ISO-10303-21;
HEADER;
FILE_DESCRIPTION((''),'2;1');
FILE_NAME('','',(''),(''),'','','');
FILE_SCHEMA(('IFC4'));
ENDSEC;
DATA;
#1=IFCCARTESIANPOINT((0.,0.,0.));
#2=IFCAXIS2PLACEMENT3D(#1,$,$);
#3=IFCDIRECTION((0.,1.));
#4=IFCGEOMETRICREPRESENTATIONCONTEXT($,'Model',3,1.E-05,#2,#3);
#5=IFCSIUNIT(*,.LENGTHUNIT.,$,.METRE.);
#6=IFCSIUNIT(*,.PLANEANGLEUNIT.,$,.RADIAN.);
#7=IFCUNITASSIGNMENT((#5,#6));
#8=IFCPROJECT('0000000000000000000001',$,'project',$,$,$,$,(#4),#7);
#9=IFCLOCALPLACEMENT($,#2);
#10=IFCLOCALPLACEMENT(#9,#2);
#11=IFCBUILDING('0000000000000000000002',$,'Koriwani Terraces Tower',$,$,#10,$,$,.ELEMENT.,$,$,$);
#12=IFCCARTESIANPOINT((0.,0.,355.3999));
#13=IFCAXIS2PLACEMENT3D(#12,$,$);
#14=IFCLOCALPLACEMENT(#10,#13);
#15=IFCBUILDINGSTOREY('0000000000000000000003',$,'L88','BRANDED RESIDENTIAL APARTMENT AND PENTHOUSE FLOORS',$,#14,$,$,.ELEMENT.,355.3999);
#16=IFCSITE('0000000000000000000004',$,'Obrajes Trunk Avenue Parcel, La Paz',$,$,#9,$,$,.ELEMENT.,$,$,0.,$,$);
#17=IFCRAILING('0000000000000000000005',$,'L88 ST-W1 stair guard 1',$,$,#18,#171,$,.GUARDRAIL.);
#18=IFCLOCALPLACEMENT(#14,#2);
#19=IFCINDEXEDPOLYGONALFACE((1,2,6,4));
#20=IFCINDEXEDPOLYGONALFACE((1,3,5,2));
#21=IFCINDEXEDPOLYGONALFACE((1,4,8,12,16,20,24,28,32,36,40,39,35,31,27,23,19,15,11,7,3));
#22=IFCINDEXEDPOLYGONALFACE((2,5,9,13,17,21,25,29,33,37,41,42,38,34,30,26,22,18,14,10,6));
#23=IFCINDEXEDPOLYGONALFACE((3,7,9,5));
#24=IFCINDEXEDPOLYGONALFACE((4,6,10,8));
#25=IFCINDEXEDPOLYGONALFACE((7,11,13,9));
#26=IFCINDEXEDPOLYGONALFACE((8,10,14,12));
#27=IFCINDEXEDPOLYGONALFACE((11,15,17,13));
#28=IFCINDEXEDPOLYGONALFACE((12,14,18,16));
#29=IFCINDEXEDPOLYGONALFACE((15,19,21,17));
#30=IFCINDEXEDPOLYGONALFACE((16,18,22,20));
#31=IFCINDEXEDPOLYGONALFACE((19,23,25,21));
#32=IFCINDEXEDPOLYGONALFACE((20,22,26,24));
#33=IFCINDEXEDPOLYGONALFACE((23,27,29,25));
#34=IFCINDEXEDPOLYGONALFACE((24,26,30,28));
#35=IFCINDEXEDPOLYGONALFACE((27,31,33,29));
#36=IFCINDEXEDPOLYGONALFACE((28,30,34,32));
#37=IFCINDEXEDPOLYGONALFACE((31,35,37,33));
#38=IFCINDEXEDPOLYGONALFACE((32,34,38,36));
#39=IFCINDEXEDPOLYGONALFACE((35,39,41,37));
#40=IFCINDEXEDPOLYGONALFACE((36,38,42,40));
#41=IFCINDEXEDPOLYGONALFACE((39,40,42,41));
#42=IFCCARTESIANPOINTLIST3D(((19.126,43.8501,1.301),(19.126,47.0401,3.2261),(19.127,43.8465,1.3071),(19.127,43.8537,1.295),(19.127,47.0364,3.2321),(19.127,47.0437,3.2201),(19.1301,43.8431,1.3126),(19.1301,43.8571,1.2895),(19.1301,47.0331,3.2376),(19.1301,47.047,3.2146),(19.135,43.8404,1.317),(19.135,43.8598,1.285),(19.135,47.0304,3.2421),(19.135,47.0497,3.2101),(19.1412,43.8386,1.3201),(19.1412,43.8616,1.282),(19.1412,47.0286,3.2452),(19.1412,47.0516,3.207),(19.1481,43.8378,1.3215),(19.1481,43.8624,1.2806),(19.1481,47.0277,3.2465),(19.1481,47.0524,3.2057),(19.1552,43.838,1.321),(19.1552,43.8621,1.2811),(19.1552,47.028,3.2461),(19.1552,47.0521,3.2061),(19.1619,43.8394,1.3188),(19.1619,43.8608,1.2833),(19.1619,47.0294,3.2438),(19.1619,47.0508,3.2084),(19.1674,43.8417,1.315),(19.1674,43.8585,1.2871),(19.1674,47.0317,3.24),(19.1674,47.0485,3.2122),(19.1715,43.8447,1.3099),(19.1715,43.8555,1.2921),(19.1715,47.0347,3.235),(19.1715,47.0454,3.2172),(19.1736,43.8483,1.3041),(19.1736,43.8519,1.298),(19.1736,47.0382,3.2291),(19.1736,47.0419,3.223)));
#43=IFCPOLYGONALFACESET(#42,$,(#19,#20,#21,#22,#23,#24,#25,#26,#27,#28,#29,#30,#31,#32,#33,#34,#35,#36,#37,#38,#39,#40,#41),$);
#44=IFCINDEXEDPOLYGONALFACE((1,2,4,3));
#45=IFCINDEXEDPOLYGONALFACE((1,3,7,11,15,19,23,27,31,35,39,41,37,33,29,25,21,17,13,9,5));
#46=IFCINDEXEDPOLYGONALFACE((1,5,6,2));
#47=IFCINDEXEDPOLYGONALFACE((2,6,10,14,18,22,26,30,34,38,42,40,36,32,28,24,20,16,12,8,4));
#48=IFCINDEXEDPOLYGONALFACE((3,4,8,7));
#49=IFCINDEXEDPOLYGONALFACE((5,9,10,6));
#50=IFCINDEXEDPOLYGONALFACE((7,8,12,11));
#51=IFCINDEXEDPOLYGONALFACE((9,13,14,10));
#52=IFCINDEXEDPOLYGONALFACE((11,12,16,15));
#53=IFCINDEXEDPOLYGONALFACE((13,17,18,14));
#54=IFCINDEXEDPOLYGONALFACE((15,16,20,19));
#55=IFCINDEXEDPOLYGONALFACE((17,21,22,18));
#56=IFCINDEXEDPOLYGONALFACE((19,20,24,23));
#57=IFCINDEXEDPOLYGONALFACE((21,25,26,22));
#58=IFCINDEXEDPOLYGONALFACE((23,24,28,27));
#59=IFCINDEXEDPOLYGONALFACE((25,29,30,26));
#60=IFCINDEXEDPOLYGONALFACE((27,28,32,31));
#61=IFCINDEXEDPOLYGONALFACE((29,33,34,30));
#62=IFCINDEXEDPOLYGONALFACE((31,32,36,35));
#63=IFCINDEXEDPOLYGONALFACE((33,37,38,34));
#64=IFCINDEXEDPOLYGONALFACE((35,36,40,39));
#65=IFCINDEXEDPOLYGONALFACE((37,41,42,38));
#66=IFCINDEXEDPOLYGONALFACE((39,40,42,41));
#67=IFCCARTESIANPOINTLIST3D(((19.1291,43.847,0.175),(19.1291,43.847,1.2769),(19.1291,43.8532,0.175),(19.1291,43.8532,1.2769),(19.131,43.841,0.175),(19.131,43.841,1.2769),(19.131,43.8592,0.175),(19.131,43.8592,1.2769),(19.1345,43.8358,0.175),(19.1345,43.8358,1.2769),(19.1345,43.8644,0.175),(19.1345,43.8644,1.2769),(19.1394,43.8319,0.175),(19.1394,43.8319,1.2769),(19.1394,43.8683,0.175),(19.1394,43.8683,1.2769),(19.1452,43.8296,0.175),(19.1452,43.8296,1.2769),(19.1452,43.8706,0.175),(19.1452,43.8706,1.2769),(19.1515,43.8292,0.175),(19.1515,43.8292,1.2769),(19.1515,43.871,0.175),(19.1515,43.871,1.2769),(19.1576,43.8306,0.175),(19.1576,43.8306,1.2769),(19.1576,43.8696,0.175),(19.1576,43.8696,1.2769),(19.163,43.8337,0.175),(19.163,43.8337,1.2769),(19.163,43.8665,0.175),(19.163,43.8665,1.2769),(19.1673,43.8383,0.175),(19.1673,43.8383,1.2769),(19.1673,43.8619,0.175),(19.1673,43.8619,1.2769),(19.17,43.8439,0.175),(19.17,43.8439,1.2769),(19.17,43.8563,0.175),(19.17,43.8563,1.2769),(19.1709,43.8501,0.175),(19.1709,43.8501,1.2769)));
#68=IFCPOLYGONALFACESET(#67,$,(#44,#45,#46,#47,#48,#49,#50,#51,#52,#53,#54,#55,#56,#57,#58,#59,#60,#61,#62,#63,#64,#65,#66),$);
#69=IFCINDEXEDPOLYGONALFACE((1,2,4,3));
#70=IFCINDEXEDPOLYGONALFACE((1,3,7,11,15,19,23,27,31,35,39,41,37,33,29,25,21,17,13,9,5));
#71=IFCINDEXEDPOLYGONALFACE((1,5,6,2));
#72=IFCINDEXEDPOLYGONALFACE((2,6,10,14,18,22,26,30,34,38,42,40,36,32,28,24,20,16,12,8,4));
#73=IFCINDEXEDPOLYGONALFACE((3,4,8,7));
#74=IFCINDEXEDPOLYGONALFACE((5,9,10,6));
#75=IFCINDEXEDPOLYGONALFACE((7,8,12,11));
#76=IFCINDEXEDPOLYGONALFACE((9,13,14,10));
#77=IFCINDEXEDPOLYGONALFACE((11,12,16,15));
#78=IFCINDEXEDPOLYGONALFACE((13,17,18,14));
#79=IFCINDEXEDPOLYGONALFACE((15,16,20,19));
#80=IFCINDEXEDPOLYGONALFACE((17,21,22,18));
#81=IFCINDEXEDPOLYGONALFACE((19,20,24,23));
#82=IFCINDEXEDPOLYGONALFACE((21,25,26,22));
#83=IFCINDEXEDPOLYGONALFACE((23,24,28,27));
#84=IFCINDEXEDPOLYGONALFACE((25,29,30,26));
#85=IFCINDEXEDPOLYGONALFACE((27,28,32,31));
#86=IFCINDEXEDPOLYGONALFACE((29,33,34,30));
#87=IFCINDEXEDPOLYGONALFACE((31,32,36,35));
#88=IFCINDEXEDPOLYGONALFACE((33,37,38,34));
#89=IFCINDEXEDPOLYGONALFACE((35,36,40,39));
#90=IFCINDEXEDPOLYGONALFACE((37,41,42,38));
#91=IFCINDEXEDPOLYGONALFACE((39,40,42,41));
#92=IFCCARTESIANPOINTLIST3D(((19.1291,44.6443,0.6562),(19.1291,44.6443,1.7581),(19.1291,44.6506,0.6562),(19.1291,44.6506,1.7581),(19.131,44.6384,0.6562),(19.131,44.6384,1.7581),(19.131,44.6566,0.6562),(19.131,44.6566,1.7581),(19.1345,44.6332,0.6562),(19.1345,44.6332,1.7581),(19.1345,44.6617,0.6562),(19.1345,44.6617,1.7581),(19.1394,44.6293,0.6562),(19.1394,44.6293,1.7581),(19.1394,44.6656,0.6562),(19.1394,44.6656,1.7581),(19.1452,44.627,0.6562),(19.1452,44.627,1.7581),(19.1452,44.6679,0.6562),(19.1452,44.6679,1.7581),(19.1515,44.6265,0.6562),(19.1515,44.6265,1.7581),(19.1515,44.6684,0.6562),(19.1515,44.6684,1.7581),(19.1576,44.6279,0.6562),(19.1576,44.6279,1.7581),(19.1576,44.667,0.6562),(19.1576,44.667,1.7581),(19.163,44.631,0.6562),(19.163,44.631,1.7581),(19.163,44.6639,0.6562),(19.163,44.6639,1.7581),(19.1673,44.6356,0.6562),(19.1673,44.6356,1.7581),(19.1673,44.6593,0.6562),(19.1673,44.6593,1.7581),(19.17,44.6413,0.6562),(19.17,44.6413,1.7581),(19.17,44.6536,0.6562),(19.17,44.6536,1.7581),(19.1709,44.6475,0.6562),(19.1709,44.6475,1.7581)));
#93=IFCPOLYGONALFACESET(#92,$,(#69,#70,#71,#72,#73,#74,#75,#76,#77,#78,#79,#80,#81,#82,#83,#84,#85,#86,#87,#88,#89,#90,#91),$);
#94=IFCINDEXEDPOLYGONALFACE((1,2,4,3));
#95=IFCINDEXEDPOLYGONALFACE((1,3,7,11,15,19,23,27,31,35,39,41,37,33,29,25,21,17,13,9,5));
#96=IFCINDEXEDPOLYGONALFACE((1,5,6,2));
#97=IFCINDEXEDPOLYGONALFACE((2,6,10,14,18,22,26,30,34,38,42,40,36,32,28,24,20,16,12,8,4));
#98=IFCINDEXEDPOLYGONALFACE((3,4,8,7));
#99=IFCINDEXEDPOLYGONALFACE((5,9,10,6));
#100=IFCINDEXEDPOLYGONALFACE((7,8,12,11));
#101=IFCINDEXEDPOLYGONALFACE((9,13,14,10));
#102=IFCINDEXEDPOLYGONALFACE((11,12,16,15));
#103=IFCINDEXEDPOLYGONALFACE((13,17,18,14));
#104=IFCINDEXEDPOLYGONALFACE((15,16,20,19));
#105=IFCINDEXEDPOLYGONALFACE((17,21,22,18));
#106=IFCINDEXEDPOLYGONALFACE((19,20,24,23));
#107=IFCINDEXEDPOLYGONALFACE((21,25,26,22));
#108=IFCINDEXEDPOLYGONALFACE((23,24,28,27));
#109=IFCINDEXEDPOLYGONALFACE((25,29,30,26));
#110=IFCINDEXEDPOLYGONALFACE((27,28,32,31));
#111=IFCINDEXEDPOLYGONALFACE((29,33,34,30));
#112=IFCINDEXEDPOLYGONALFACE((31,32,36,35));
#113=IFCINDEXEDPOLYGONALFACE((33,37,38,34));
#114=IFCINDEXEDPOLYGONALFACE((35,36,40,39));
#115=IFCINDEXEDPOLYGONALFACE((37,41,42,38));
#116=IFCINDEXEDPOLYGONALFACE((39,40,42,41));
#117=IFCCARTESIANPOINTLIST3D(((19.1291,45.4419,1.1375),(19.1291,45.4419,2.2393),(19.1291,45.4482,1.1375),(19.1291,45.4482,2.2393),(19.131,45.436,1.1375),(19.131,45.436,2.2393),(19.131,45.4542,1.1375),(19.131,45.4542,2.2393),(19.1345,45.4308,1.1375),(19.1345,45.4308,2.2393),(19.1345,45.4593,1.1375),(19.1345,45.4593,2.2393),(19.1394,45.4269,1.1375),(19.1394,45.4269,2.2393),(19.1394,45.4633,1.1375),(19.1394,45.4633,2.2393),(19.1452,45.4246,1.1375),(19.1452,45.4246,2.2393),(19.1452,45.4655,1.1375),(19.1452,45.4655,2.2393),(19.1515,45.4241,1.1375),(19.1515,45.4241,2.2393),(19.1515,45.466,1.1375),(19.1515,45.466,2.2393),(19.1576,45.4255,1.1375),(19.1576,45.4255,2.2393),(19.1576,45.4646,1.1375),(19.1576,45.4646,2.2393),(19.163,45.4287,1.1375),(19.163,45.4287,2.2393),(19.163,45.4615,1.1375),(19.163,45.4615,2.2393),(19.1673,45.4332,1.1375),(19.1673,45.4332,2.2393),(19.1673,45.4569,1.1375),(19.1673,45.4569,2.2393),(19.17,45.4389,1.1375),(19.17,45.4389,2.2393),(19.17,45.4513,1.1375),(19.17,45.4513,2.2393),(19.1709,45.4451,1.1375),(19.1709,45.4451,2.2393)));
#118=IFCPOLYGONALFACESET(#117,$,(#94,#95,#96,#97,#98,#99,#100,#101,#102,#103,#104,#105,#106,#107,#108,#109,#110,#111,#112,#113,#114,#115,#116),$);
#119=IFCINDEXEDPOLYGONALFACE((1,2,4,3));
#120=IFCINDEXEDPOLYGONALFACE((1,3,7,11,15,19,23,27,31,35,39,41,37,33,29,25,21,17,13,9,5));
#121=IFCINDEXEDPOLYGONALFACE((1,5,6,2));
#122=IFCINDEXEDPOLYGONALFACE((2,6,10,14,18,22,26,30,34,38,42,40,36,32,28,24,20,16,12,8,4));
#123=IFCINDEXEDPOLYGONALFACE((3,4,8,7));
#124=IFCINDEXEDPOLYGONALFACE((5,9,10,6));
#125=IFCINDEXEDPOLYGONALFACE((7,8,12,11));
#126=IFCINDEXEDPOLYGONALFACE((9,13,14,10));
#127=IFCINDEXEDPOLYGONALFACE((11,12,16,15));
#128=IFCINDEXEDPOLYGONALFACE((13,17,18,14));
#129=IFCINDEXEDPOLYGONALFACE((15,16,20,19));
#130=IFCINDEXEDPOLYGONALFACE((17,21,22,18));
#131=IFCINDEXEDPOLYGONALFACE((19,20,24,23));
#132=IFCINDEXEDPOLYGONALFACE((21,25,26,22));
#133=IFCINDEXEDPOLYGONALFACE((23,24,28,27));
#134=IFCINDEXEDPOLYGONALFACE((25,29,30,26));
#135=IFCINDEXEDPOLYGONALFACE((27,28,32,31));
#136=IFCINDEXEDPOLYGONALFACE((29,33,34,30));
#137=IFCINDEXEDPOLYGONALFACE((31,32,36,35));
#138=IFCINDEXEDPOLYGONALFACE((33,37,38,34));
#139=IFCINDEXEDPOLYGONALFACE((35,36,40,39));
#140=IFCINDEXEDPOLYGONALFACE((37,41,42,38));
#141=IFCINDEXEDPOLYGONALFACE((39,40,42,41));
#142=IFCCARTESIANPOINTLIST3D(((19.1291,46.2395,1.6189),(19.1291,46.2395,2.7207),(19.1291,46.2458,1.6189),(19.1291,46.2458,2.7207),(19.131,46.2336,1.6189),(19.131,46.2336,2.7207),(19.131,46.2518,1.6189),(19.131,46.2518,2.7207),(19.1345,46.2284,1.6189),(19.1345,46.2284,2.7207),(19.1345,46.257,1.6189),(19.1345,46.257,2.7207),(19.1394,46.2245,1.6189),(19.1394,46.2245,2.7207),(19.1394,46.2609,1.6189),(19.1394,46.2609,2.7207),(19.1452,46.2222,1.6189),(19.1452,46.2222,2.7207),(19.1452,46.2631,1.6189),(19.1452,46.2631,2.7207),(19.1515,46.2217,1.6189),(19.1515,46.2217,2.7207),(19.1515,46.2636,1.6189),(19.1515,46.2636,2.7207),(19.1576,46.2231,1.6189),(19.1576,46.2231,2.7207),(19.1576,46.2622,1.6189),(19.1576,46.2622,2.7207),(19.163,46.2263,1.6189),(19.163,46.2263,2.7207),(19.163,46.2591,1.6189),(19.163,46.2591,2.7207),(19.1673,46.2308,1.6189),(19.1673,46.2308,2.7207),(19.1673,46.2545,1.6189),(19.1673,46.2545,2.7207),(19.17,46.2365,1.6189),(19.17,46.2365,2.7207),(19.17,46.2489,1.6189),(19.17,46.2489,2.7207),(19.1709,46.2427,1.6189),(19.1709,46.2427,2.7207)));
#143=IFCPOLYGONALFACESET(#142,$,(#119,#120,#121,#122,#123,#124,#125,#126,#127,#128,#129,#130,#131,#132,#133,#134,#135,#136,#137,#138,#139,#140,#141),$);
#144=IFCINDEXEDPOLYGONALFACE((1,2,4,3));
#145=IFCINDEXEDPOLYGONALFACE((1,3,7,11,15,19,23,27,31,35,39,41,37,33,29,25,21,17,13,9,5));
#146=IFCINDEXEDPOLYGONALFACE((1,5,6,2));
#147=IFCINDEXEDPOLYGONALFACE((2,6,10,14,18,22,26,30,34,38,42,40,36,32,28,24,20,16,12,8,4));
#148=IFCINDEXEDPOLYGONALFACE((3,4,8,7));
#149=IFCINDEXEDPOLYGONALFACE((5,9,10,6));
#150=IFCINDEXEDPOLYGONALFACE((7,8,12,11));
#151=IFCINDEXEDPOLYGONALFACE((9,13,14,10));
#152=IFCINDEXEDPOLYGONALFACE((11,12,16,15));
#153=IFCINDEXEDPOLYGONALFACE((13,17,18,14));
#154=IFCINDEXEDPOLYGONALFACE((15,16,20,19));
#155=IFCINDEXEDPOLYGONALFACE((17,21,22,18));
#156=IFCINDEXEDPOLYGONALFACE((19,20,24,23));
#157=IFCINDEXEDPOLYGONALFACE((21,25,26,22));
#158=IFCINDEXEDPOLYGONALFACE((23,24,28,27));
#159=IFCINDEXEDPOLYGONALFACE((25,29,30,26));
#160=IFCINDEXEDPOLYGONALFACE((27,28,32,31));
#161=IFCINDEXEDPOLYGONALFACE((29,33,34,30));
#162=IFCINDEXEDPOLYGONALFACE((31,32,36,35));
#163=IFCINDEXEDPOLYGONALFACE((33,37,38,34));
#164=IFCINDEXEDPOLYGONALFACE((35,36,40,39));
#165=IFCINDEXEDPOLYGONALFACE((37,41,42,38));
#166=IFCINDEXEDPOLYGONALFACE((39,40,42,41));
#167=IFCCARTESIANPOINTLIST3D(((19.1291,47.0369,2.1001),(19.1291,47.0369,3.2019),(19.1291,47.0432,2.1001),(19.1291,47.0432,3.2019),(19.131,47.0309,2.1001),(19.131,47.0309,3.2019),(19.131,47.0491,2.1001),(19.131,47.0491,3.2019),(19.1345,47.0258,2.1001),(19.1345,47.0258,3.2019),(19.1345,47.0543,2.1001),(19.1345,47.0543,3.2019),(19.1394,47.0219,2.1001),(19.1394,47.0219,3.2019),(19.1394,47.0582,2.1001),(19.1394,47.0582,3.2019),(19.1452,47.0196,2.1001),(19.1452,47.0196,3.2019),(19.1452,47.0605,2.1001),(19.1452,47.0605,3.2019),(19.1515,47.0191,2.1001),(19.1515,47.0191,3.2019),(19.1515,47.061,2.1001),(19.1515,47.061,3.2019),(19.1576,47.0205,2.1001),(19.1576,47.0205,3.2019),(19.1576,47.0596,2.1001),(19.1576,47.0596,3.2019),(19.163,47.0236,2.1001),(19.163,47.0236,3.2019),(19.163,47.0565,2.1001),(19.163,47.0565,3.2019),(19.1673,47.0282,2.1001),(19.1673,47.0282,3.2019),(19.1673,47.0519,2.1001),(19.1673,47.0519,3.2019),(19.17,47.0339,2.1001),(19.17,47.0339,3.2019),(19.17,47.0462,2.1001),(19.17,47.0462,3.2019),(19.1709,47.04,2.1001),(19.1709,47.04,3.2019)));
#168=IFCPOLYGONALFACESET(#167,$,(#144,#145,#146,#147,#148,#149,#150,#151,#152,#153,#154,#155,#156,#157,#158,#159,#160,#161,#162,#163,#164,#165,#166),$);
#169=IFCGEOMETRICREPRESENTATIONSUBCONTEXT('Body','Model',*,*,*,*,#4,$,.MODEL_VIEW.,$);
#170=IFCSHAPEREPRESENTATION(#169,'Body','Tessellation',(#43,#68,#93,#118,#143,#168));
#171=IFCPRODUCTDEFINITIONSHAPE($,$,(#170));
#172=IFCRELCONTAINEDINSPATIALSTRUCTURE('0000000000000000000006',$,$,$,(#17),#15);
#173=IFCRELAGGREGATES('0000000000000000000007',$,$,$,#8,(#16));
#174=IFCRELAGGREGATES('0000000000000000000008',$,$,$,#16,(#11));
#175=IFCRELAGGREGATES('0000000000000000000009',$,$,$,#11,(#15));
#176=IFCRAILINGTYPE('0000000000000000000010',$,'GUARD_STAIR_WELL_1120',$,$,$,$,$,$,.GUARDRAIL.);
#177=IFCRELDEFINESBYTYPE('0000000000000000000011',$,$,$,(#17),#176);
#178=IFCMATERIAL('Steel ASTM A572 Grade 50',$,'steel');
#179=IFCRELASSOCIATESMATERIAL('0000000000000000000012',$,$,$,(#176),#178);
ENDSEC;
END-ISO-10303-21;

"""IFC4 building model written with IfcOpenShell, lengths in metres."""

from ifc_helpers import new_model, si_unit, direction, frame, origin, origin_2d, place, context, subcontext, project, spatial, circle, extrude, material, type_object, element, save


model = new_model("IFC4")

# Units and contexts
model_context = context("Model", 3, precision=1e-05, world=origin(), true_north=direction((0.0, 1.0)))
body_context = subcontext(model_context, "Body", "Model", "MODEL_VIEW")
ifc_project = project(units=[si_unit("LENGTHUNIT", "METRE"), si_unit("PLANEANGLEUNIT", "RADIAN")], contexts=[model_context])

# Site, building, storey
site_placement = place(None, origin())
site = spatial("IfcSite", under=ifc_project, at=site_placement, Name="Obrajes Trunk Avenue Parcel, La Paz", CompositionType="ELEMENT", RefElevation=0.0)
building_placement = place(site_placement, origin())
building = spatial("IfcBuilding", under=site, at=building_placement, Name="Koriwani Terraces Tower", CompositionType="ELEMENT")
storey_placement = place(building_placement, frame((0.0, 0.0, 355.3999)))
storey = spatial("IfcBuildingStorey", under=building, at=storey_placement, Name="L88", Description="BRANDED RESIDENTIAL APARTMENT AND PENTHOUSE FLOORS", CompositionType="ELEMENT", Elevation=355.3999)

# Shared definitions
ifc_material_1 = material(Name="Steel ASTM A572 Grade 50", Category="steel")

# Railing
railing_type_1 = type_object("IfcRailingType", Name="GUARD_STAIR_WELL_1120", PredefinedType="GUARDRAIL", material=ifc_material_1)
railing_1_placement = place(storey_placement, frame((19.1499, 43.8501, 0.175)))
element("IfcRailing", 1, at=railing_1_placement, inside=storey, type_object=railing_type_1, Name="L88 ST-W1 stair guard 1", PredefinedType="GUARDRAIL", context=body_context, shape_type="SweptSolid", body=[
    extrude(circle(Radius=0.0239, at=origin_2d()), frame((0.0, 0.0, 1.126), z_axis=(0.0, 0.856178, 0.516682), x_axis=(-1.0, 0.0, 0.0)), (0.0, 0.0, 1.0), 3.7258),
    extrude(circle(Radius=0.021, at=origin_2d()), origin(), (0.0, 0.0, 1.0), 1.1018),
    extrude(circle(Radius=0.021, at=origin_2d()), frame((0.0, 0.7974, 0.4812)), (0.0, 0.0, 1.0), 1.1018),
    extrude(circle(Radius=0.021, at=origin_2d()), frame((0.0, 1.595, 0.9624)), (0.0, 0.0, 1.0), 1.1018),
    extrude(circle(Radius=0.021, at=origin_2d()), frame((0.0, 2.3926, 1.4438)), (0.0, 0.0, 1.0), 1.1018),
    extrude(circle(Radius=0.021, at=origin_2d()), frame((0.0, 3.1899, 1.925)), (0.0, 0.0, 1.0), 1.1018),
])

save(model, "model.ifc")
